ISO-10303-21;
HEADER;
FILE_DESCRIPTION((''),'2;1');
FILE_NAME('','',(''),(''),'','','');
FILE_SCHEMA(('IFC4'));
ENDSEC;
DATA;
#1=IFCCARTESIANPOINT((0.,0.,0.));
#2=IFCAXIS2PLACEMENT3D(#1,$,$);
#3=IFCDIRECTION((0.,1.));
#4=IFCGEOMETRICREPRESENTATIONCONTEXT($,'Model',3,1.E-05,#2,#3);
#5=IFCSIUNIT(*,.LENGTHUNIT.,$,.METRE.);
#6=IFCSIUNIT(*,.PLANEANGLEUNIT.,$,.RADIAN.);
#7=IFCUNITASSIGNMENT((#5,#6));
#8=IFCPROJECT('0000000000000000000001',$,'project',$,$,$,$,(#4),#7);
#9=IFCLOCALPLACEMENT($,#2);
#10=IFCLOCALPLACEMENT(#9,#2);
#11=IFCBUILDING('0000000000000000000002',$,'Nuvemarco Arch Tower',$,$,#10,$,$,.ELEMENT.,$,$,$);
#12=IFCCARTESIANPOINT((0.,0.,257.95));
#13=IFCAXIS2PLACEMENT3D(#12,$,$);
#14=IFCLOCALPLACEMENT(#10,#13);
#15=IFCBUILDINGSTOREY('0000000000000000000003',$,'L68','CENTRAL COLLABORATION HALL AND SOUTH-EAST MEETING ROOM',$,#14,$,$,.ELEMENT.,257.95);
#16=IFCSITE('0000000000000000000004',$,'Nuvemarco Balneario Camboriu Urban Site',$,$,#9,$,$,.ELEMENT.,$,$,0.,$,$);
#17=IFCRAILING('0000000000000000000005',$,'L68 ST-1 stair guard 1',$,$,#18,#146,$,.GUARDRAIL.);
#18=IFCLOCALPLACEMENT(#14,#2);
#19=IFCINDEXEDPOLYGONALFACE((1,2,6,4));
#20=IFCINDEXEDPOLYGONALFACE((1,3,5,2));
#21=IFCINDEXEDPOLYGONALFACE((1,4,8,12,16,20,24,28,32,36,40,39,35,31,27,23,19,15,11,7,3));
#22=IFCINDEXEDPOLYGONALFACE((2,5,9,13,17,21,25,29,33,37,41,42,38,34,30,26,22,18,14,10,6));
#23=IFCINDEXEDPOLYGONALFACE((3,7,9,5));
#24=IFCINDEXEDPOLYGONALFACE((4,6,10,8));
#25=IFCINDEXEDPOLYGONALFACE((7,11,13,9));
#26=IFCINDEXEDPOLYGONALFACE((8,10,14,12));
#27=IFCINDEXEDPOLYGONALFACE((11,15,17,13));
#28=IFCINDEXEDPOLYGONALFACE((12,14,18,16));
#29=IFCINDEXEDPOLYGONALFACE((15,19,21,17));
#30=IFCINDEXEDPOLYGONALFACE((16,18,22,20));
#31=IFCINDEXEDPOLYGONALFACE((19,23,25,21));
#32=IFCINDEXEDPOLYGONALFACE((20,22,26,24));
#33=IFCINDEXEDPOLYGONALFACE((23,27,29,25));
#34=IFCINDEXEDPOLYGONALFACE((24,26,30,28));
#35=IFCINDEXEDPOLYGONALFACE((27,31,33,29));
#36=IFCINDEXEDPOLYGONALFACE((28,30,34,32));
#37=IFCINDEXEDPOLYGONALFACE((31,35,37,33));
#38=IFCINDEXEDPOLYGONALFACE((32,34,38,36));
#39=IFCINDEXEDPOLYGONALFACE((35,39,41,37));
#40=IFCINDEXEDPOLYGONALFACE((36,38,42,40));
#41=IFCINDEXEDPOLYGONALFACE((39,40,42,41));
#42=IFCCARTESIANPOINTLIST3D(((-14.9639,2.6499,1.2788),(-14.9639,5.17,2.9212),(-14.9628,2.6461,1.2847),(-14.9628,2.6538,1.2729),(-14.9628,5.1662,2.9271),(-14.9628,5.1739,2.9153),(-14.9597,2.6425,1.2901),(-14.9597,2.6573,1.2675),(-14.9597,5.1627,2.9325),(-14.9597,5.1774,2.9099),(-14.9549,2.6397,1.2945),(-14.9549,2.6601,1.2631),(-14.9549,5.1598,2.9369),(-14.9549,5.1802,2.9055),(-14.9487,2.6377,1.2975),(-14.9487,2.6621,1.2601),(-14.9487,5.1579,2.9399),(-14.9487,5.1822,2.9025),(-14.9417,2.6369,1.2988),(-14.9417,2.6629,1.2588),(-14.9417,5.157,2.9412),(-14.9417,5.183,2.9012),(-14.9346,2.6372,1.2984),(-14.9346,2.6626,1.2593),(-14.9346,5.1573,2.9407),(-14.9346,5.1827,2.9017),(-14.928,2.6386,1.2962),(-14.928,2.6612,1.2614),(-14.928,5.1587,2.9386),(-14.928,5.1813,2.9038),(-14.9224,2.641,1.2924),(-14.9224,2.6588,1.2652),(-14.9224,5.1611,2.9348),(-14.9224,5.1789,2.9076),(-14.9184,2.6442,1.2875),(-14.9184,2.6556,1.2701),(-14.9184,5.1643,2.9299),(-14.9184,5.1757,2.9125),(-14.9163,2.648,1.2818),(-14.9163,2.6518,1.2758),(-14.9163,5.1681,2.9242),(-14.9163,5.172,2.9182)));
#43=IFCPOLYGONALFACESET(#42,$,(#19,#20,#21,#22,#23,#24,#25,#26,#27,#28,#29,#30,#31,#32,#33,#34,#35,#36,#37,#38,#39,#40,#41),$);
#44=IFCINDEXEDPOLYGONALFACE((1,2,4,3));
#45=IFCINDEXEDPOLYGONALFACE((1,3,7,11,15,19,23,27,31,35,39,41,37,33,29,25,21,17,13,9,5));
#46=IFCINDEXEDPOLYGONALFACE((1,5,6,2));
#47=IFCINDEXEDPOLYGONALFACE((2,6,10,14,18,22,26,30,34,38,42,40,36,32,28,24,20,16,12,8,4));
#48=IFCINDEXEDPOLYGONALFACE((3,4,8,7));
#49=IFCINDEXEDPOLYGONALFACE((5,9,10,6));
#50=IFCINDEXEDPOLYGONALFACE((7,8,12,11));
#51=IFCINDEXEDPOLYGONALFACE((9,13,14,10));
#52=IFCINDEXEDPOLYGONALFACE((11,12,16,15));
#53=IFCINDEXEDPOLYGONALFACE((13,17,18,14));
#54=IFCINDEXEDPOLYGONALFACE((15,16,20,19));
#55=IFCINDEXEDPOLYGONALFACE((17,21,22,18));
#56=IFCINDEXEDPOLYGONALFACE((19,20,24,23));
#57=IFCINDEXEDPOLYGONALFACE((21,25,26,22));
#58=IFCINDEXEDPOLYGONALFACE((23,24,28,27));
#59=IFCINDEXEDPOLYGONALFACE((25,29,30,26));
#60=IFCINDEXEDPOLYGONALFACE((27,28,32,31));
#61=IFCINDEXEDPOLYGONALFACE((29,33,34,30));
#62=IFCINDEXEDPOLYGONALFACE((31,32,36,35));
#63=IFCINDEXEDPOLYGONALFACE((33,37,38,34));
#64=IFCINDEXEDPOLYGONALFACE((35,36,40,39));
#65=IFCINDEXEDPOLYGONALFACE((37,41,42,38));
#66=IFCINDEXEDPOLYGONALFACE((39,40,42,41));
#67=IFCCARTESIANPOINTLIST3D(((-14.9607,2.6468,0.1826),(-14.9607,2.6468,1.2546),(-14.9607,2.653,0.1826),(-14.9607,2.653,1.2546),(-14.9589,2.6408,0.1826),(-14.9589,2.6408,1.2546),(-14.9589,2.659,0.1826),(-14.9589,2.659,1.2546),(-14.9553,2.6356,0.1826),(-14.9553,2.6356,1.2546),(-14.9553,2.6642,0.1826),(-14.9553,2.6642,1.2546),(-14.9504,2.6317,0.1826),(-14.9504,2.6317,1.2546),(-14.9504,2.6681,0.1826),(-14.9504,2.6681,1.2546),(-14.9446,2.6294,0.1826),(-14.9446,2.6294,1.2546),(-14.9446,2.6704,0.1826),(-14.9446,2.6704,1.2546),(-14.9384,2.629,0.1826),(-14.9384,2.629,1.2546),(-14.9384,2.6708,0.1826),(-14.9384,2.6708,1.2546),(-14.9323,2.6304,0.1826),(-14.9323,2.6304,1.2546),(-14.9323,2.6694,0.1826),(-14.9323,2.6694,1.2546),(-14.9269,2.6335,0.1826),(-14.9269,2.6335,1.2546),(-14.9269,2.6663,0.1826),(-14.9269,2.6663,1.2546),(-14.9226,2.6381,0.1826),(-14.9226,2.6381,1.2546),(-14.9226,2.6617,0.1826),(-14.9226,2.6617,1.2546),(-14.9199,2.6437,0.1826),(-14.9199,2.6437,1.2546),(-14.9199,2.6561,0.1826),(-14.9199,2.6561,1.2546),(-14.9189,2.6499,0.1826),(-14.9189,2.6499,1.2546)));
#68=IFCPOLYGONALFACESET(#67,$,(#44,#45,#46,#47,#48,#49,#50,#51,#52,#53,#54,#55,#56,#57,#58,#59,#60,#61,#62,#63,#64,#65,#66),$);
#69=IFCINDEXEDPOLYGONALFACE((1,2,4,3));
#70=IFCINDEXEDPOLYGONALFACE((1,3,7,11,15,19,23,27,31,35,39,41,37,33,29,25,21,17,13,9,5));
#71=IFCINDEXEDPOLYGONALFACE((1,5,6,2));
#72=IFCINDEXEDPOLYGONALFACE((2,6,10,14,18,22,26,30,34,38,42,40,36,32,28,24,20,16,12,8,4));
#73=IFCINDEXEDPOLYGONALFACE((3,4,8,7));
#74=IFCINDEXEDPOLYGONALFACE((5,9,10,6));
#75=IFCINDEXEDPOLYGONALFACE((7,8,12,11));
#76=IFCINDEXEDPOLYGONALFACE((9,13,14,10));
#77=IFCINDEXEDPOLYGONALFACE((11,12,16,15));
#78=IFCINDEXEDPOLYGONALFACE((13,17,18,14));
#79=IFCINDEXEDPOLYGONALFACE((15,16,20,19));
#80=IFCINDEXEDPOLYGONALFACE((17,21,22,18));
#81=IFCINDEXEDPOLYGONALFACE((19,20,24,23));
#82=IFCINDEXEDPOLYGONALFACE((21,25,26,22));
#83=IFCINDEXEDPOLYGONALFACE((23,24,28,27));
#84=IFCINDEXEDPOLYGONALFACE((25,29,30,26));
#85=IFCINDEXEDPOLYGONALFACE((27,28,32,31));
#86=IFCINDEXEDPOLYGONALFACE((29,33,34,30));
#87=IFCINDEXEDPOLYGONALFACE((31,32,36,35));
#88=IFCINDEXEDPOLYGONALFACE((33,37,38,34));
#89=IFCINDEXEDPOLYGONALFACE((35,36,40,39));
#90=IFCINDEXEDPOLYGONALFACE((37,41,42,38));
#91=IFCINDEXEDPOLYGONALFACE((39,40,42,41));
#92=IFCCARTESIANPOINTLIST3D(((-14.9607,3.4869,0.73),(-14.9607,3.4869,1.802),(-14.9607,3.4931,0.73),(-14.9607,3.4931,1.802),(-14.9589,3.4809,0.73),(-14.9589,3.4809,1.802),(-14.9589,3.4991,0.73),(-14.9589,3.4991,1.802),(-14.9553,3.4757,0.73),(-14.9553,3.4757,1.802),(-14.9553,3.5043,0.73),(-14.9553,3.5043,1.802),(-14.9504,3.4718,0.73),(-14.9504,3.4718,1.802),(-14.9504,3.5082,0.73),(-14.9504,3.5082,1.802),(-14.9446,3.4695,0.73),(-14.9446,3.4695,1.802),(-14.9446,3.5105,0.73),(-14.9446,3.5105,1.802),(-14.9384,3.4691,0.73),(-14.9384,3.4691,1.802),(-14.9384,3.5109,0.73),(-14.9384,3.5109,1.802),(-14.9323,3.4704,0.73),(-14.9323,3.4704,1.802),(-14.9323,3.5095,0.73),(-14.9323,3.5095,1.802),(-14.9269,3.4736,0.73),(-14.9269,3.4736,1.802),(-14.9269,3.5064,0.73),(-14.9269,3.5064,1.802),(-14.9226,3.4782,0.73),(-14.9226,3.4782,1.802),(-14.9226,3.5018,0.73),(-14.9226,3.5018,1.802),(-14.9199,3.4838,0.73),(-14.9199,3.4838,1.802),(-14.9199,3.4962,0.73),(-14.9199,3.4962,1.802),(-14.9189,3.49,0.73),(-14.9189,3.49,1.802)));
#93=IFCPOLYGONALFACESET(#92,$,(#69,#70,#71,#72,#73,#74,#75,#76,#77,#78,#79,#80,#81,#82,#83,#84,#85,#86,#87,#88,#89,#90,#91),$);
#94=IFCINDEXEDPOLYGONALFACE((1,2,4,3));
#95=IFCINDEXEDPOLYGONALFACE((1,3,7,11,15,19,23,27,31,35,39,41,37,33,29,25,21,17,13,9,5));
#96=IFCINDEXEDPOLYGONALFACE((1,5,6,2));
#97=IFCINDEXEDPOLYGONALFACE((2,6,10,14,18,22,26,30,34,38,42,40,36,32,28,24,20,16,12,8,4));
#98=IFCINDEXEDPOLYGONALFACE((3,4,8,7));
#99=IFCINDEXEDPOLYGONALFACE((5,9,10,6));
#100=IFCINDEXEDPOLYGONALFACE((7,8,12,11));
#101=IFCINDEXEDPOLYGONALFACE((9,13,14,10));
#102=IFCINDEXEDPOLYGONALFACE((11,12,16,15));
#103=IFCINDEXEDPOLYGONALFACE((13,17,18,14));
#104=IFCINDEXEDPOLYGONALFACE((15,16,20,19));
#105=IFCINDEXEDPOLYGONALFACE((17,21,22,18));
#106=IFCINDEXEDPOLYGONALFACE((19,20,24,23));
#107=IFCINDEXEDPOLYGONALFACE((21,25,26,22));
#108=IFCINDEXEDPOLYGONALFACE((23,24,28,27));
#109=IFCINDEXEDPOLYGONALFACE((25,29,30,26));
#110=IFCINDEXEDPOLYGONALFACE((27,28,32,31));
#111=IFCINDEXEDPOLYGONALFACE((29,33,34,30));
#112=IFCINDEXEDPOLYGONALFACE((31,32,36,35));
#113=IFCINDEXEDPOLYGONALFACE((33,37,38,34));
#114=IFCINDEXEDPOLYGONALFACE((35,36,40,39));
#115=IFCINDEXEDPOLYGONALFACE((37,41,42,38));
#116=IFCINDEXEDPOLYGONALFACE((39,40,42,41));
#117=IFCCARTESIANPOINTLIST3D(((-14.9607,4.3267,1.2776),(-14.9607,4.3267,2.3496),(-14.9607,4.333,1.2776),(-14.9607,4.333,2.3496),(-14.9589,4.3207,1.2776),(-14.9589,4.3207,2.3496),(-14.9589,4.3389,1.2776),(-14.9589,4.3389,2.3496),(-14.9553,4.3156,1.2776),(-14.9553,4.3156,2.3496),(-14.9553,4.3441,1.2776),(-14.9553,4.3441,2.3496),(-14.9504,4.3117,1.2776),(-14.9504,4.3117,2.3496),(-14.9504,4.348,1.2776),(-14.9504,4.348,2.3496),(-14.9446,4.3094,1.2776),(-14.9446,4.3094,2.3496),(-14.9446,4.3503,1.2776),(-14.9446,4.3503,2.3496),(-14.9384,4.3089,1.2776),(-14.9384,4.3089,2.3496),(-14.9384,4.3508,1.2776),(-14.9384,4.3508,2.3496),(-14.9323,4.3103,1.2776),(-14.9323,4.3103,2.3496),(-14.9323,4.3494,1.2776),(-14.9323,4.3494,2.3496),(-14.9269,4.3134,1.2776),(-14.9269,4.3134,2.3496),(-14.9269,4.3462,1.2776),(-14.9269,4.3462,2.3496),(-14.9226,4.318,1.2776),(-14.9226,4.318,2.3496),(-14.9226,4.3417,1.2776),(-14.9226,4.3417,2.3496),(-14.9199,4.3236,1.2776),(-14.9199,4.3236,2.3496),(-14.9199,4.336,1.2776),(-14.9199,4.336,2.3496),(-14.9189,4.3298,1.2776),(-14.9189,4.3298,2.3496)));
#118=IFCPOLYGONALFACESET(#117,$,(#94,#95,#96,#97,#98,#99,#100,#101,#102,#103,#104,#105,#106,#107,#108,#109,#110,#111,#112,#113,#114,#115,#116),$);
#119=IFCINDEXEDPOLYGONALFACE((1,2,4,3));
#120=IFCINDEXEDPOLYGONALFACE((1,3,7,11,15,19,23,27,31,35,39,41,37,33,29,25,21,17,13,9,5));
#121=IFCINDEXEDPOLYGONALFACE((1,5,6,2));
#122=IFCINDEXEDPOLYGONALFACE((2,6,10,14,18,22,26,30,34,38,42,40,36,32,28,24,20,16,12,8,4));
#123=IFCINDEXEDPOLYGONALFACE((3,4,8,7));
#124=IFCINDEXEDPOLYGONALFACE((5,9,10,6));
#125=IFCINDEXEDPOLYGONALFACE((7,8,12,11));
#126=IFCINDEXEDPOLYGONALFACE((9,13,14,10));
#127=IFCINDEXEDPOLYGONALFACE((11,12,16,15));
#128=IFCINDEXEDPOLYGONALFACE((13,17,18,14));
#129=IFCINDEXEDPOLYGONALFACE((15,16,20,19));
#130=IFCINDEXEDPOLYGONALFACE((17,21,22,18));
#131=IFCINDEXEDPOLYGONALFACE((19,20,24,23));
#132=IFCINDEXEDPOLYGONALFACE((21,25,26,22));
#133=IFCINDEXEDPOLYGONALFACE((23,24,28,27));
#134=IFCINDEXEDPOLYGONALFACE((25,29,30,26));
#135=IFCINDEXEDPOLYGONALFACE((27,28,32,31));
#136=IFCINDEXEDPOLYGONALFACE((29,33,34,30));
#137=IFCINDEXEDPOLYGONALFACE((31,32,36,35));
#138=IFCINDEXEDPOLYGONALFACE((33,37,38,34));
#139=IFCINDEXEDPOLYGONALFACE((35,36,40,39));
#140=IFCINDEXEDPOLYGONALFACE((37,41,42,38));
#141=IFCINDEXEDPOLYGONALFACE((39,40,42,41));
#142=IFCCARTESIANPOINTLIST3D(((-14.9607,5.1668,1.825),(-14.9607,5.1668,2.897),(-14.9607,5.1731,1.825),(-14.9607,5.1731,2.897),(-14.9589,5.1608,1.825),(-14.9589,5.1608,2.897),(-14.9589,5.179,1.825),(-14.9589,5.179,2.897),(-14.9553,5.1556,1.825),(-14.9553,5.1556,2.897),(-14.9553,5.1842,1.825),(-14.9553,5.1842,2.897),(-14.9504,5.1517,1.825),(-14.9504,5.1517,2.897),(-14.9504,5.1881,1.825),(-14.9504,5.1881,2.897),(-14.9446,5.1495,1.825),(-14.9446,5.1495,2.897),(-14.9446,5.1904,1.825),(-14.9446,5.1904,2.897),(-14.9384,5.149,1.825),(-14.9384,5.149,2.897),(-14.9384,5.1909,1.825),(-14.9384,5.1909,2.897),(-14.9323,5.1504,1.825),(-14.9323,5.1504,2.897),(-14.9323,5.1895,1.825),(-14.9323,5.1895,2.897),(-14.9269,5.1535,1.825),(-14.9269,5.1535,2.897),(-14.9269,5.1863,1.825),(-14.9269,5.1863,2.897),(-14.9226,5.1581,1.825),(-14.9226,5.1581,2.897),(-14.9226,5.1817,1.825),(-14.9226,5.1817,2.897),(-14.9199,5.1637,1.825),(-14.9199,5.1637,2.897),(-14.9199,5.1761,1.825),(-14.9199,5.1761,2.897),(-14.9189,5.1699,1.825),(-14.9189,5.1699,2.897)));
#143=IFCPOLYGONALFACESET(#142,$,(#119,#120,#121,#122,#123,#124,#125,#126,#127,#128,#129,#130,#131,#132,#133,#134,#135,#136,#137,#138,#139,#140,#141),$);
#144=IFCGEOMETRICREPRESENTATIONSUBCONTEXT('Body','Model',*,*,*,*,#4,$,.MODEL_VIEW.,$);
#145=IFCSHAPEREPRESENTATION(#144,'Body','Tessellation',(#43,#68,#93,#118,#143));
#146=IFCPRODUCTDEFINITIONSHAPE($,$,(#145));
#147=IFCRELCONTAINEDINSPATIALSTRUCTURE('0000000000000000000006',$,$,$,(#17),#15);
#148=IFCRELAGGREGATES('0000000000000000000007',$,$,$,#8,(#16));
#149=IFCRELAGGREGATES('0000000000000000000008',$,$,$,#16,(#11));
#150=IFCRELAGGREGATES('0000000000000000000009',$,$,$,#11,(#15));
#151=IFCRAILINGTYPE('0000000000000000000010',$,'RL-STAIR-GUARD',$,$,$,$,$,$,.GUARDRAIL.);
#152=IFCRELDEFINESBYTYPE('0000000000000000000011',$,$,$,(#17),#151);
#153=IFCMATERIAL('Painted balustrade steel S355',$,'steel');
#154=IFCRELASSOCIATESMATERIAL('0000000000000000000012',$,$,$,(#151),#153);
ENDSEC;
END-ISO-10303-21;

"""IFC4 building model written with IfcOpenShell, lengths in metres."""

from ifc_helpers import new_model, si_unit, direction, frame, origin, origin_2d, place, context, subcontext, project, spatial, circle, extrude, material, type_object, element, save


model = new_model("IFC4")

# Units and contexts
model_context = context("Model", 3, precision=1e-05, world=origin(), true_north=direction((0.0, 1.0)))
body_context = subcontext(model_context, "Body", "Model", "MODEL_VIEW")
ifc_project = project(units=[si_unit("LENGTHUNIT", "METRE"), si_unit("PLANEANGLEUNIT", "RADIAN")], contexts=[model_context])

# Site, building, storey
site_placement = place(None, origin())
site = spatial("IfcSite", under=ifc_project, at=site_placement, Name="Nuvemarco Balneario Camboriu Urban Site", CompositionType="ELEMENT", RefElevation=0.0)
building_placement = place(site_placement, origin())
building = spatial("IfcBuilding", under=site, at=building_placement, Name="Nuvemarco Arch Tower", CompositionType="ELEMENT")
storey_placement = place(building_placement, frame((0.0, 0.0, 257.95)))
storey = spatial("IfcBuildingStorey", under=building, at=storey_placement, Name="L68", Description="CENTRAL COLLABORATION HALL AND SOUTH-EAST MEETING ROOM", CompositionType="ELEMENT", Elevation=257.95)

# Railing
ifc_material_1 = material(Name="Painted balustrade steel S355", Category="steel")
railing_type_1 = type_object("IfcRailingType", Name="RL-STAIR-GUARD", PredefinedType="GUARDRAIL", material=ifc_material_1)
railing_1_placement = place(storey_placement, frame((-14.9399, 2.6499, 0.1826)))
element("IfcRailing", 1, at=railing_1_placement, inside=storey, type_object=railing_type_1, Name="L68 ST-1 stair guard 1", PredefinedType="GUARDRAIL", context=body_context, shape_type="SweptSolid", body=[
    extrude(circle(Radius=0.0239, at=origin_2d()), frame((0.0, 0.0, 1.0962), z_axis=(0.0, 0.837787, 0.545998), x_axis=(-1.0, 0.0, 0.0)), (0.0, 0.0, 1.0), 3.0081),
    extrude(circle(Radius=0.021, at=origin_2d()), origin(), (0.0, 0.0, 1.0), 1.072),
    extrude(circle(Radius=0.021, at=origin_2d()), frame((0.0, 0.8401, 0.5474)), (0.0, 0.0, 1.0), 1.072),
    extrude(circle(Radius=0.021, at=origin_2d()), frame((0.0, 1.6799, 1.095)), (0.0, 0.0, 1.0), 1.072),
    extrude(circle(Radius=0.021, at=origin_2d()), frame((0.0, 2.52, 1.6423)), (0.0, 0.0, 1.0), 1.072),
])

save(model, "model.ifc")
